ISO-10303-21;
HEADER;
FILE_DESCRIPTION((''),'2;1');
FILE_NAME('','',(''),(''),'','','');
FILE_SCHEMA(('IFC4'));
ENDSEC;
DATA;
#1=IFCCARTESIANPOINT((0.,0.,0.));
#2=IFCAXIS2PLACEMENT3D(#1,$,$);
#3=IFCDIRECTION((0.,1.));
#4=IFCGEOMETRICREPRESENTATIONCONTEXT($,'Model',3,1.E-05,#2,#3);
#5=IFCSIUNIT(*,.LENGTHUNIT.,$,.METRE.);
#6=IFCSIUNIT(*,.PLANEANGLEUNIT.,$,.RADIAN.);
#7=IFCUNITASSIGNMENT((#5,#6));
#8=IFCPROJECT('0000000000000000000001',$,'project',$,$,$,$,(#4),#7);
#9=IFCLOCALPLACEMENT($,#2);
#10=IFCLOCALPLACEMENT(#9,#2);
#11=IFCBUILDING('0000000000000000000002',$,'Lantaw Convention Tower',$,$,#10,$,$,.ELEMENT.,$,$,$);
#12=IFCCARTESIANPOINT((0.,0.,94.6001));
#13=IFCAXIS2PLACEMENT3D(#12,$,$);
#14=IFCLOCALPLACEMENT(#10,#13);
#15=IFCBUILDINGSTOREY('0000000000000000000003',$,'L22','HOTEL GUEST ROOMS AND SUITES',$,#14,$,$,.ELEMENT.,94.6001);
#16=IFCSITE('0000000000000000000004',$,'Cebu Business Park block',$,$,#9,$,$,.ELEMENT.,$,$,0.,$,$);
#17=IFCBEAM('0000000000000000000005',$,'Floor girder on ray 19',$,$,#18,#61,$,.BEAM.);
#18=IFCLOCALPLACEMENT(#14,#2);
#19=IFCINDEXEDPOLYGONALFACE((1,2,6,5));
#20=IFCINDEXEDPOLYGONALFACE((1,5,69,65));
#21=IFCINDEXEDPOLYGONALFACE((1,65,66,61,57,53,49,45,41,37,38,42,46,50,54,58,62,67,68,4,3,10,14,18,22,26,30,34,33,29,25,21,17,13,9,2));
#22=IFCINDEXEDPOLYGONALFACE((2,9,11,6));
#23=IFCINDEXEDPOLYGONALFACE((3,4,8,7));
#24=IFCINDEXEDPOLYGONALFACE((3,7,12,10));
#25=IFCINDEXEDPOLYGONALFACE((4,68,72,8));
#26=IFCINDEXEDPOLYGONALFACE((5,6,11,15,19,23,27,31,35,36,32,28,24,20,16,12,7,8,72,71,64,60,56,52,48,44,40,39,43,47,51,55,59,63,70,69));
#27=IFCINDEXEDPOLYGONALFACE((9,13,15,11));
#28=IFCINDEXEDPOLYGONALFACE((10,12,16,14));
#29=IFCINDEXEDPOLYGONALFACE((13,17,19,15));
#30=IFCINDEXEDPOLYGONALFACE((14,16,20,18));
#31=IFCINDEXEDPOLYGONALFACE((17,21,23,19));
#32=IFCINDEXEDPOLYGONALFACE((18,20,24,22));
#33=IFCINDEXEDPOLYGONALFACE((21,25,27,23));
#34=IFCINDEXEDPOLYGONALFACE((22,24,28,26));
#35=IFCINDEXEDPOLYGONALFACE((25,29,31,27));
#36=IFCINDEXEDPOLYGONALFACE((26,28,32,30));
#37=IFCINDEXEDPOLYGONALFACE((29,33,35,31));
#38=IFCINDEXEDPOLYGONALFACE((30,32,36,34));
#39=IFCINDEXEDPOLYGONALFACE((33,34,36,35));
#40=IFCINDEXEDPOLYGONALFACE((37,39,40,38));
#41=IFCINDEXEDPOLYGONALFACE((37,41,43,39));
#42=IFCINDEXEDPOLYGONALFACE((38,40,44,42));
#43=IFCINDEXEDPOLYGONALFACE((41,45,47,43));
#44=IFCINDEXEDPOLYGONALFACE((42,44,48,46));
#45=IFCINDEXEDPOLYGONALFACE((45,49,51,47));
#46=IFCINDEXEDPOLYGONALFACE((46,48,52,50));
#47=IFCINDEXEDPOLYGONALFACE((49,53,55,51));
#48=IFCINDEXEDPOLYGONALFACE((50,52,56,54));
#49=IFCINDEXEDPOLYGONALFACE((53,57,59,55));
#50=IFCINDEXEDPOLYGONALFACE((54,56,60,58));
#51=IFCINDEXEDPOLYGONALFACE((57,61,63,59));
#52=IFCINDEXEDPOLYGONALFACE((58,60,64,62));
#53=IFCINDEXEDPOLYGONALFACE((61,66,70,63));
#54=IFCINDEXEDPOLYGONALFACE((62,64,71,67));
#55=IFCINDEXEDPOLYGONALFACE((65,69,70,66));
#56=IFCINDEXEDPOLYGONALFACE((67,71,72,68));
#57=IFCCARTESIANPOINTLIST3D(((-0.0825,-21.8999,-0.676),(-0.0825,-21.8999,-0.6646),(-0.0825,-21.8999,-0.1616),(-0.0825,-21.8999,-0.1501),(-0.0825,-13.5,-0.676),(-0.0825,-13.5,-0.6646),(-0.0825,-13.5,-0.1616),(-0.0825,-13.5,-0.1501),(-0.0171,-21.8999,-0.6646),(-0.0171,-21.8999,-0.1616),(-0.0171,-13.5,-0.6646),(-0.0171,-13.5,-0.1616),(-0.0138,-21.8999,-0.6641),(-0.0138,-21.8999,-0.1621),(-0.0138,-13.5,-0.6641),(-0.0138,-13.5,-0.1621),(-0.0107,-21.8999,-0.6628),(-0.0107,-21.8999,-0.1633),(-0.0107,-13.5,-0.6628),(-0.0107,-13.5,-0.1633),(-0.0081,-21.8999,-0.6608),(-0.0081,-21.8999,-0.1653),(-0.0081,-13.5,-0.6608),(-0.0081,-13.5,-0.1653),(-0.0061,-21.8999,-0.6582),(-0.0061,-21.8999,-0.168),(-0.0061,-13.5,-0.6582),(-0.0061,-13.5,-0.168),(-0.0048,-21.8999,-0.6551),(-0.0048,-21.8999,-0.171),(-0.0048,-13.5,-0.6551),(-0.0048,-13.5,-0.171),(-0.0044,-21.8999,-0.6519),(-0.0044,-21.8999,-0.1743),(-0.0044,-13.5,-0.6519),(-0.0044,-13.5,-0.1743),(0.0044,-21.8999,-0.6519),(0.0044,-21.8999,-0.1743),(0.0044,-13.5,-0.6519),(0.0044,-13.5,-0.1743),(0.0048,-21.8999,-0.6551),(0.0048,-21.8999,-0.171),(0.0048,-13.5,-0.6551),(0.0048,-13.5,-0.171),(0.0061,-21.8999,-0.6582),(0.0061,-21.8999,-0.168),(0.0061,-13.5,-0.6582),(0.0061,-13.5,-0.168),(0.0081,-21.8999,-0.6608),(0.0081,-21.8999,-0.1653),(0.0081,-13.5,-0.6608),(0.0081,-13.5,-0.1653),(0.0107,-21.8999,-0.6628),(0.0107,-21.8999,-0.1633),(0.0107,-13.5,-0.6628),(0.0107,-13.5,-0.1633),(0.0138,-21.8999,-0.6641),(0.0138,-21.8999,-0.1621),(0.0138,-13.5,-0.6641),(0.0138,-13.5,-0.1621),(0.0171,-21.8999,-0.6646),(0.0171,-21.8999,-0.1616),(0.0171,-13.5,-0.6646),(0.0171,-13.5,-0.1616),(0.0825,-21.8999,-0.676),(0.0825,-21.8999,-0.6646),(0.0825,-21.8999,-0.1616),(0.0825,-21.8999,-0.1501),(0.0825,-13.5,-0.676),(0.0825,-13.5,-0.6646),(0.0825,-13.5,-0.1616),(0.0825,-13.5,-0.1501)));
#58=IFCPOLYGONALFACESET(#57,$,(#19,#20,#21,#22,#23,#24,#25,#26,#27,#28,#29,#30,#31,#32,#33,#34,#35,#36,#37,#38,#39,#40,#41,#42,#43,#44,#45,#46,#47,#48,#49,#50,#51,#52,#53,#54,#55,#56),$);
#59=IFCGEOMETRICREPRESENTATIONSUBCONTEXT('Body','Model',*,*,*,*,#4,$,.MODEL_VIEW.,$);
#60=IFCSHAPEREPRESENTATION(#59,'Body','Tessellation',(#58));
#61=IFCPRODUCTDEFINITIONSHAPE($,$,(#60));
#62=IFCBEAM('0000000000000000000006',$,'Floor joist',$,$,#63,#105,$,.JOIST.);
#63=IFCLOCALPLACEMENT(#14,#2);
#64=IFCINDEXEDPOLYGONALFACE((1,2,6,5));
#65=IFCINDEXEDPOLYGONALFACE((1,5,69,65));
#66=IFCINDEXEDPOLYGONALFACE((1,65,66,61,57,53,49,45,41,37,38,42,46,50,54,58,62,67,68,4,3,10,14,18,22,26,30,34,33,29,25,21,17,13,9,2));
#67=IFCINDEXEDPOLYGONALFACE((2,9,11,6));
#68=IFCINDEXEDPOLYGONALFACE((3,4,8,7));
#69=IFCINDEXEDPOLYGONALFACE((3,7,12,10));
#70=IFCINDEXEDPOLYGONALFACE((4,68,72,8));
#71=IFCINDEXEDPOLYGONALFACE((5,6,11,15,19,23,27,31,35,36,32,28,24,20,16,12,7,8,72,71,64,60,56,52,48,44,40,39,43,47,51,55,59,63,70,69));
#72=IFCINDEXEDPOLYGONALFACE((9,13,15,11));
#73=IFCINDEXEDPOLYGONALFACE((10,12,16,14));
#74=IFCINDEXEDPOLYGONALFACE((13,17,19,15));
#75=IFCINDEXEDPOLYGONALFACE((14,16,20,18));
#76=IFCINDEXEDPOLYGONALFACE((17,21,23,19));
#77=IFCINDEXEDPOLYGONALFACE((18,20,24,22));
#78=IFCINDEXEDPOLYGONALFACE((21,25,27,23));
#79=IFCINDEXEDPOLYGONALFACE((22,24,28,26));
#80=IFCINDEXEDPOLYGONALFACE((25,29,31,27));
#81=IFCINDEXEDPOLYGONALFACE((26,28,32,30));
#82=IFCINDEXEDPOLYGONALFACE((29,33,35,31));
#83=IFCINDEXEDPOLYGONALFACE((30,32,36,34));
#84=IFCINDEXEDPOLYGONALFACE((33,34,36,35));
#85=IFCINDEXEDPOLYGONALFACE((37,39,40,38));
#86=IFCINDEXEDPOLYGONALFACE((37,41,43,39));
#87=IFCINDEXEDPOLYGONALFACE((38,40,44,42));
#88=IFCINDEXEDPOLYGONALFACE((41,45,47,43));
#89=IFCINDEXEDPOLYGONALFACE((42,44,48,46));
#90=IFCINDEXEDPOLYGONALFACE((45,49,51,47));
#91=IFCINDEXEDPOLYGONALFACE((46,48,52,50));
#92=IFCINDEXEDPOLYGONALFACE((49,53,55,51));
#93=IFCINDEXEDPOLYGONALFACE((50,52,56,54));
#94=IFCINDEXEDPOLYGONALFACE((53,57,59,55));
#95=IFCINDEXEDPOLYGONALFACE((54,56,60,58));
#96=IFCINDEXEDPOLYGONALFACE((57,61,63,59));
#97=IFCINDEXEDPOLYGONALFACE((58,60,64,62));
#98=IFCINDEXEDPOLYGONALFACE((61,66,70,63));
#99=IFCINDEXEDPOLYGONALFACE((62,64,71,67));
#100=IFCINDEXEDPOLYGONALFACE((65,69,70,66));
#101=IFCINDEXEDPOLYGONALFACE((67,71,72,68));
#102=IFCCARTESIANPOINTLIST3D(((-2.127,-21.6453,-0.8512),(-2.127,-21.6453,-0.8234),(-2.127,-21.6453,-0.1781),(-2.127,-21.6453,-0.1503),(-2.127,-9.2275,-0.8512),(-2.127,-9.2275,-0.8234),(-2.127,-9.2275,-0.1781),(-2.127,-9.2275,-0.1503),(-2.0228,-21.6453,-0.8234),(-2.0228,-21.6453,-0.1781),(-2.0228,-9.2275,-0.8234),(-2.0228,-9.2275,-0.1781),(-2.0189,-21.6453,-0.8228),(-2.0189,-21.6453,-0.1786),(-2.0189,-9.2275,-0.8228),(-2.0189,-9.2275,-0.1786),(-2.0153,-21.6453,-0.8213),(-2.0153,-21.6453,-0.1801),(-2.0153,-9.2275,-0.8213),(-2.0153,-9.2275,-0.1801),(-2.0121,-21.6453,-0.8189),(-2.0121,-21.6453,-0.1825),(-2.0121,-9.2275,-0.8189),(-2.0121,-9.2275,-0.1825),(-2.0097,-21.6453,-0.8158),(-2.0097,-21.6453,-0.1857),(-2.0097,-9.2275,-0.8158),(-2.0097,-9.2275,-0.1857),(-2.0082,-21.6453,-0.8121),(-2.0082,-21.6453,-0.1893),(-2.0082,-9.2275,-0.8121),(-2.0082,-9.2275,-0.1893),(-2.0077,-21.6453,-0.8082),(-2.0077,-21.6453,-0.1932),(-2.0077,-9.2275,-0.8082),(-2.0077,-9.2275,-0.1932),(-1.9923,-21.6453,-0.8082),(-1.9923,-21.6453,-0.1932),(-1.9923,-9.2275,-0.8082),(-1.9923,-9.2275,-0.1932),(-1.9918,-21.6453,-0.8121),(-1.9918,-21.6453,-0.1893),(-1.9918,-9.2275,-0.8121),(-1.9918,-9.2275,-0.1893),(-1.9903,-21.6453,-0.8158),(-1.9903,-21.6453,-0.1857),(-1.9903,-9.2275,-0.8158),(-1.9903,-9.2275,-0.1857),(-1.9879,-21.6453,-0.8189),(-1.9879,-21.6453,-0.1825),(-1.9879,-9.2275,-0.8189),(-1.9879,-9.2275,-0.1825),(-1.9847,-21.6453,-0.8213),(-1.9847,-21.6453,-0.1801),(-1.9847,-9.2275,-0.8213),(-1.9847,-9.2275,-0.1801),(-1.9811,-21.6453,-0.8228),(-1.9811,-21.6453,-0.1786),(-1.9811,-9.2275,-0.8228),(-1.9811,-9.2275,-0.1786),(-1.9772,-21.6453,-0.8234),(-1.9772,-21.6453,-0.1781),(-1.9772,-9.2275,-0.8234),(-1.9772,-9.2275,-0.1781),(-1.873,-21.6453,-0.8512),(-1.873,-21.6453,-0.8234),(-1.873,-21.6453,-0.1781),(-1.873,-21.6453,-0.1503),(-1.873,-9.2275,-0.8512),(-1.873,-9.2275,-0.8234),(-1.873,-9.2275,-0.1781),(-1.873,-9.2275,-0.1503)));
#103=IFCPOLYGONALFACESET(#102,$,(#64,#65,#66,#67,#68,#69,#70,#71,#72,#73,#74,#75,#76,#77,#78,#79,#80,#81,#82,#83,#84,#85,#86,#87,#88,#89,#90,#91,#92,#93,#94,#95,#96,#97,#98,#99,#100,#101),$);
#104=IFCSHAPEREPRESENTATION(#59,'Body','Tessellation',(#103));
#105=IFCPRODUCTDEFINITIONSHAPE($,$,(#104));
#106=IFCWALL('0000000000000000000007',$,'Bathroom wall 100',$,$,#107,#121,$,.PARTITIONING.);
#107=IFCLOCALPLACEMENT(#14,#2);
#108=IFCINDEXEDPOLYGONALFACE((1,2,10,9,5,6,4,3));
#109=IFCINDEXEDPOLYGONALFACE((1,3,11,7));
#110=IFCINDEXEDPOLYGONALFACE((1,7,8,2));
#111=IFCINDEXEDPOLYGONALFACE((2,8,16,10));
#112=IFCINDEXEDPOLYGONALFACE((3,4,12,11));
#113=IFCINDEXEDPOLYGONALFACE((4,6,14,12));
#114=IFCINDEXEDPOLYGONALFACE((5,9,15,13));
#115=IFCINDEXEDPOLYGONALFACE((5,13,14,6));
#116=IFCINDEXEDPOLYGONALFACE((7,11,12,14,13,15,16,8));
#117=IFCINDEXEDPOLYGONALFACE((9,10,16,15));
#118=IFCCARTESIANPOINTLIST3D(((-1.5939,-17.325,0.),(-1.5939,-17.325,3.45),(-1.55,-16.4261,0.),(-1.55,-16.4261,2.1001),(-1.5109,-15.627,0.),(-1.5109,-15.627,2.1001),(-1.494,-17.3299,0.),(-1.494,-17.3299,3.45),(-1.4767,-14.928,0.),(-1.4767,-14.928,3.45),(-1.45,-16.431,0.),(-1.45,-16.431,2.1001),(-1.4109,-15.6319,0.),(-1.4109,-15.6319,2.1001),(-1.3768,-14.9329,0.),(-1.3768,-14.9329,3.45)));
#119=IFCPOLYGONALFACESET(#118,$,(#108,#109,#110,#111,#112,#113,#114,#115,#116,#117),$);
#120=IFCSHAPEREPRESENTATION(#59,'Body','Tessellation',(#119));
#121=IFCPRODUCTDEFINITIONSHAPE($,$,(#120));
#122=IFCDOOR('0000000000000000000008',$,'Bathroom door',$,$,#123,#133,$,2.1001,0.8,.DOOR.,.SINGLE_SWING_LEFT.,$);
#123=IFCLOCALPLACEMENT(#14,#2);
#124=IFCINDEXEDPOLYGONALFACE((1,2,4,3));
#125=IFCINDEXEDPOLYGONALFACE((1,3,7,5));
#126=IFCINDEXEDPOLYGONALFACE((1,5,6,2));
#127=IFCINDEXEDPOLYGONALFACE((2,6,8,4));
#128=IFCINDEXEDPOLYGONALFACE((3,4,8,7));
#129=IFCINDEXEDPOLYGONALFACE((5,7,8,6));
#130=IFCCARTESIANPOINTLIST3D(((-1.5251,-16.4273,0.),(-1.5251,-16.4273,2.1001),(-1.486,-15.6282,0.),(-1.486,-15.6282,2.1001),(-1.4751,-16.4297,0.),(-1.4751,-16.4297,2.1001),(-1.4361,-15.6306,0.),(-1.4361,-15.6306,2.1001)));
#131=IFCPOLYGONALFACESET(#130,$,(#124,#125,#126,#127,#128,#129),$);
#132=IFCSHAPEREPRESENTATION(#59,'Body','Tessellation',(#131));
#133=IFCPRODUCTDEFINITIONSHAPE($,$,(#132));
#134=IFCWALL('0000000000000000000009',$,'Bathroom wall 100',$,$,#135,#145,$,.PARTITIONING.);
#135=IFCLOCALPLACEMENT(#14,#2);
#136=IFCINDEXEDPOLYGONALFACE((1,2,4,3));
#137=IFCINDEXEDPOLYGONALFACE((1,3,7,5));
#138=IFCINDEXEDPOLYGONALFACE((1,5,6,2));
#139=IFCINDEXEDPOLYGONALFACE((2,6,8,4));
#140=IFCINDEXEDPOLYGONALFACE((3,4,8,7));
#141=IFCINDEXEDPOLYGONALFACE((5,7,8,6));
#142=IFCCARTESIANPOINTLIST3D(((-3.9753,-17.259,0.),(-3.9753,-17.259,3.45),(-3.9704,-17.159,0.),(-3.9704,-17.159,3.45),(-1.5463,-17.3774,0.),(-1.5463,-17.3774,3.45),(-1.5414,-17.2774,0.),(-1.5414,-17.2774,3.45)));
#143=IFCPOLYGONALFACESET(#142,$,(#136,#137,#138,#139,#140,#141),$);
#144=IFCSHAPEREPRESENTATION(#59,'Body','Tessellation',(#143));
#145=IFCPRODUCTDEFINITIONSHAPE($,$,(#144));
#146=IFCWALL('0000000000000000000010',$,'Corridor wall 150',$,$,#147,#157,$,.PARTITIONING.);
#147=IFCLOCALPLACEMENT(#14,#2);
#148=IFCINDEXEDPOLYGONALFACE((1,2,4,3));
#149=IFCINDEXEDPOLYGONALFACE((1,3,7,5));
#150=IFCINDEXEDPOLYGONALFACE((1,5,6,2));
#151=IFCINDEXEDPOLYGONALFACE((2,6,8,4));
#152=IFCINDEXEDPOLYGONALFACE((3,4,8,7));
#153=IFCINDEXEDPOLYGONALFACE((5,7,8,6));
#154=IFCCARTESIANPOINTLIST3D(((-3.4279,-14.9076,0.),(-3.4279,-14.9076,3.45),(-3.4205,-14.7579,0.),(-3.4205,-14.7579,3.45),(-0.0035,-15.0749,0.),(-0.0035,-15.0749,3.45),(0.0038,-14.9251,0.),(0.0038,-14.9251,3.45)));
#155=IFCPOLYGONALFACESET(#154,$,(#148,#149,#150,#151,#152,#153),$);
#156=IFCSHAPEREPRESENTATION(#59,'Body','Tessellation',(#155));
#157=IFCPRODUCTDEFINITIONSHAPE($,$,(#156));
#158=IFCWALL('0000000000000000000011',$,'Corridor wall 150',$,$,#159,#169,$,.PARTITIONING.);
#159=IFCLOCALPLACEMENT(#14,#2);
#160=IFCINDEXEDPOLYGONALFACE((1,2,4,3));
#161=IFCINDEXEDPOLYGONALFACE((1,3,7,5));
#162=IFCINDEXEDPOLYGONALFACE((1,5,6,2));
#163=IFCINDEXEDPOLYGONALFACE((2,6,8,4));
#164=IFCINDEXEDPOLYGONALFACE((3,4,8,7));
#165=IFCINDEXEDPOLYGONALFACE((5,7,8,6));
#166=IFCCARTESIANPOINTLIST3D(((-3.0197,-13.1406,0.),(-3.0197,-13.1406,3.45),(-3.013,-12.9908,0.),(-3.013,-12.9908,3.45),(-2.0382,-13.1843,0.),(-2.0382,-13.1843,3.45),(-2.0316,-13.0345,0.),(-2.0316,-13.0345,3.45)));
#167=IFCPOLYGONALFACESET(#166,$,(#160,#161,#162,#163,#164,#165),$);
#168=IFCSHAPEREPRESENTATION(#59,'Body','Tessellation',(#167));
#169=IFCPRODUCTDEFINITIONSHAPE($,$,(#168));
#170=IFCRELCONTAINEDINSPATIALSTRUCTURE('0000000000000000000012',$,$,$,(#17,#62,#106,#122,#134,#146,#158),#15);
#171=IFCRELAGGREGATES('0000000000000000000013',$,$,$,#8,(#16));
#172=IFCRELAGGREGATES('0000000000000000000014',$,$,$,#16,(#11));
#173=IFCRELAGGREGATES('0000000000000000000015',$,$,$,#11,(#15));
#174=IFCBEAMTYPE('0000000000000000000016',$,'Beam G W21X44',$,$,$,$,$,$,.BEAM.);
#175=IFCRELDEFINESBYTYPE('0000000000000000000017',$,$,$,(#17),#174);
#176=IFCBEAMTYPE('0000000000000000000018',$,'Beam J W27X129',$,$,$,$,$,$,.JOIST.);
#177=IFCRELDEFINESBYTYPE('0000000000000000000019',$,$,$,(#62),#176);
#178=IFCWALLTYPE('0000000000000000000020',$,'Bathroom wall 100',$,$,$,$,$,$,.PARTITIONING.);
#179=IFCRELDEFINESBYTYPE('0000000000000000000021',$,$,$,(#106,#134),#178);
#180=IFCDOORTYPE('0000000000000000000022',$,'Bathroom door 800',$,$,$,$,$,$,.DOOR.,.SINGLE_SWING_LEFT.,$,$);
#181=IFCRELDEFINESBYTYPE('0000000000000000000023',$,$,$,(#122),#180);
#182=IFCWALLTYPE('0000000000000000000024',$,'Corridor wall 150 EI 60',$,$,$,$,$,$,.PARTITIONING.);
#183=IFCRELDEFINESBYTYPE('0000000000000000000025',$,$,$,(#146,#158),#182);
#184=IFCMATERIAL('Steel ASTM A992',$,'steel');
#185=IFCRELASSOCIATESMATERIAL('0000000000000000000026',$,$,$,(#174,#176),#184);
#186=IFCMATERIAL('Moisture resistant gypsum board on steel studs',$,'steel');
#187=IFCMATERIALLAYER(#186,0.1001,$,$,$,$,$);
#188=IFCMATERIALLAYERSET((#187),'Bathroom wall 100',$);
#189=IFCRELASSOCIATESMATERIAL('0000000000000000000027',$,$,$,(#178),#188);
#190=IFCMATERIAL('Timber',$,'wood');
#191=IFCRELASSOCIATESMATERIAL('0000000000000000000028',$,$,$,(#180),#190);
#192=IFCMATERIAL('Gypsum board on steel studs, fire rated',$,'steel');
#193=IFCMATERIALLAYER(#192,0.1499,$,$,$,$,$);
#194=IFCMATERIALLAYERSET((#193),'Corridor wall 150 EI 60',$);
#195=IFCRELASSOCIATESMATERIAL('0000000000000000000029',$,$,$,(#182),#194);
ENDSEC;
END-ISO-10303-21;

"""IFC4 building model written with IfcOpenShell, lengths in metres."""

from ifc_helpers import new_model, si_unit, direction, frame, frame_2d, origin, origin_2d, place, context, subcontext, project, spatial, rectangle, i_section, extrude, material, layer, layer_set, material_profile, profile_set, type_object, element, fill, save


model = new_model("IFC4")

# Units and contexts
model_context = context("Model", 3, precision=1e-05, world=origin(), true_north=direction((0.0, 1.0)))
body_context = subcontext(model_context, "Body", "Model", "MODEL_VIEW")
ifc_project = project(units=[si_unit("LENGTHUNIT", "METRE"), si_unit("PLANEANGLEUNIT", "RADIAN")], contexts=[model_context])

# Site, building, storey
site_placement = place(None, origin())
site = spatial("IfcSite", under=ifc_project, at=site_placement, Name="Cebu Business Park block", CompositionType="ELEMENT", RefElevation=0.0)
building_placement = place(site_placement, origin())
building = spatial("IfcBuilding", under=site, at=building_placement, Name="Lantaw Convention Tower", CompositionType="ELEMENT")
storey_placement = place(building_placement, frame((0.0, 0.0, 94.6001)))
storey = spatial("IfcBuildingStorey", under=building, at=storey_placement, Name="L22", Description="HOTEL GUEST ROOMS AND SUITES", CompositionType="ELEMENT", Elevation=94.6001)

# Beams
ifc_material_1 = material(Name="Steel ASTM A992", Category="steel")
ifc_material_profile_1 = material_profile(ifc_material_1, i_section(OverallWidth=0.165, OverallDepth=0.5259, WebThickness=0.0088, FlangeThickness=0.0115, FilletRadius=0.0127, at=origin_2d()), Name="W21X44")
ifc_profile_set_1 = profile_set([ifc_material_profile_1], Name="Steel ASTM A992")
beam_type_1 = type_object("IfcBeamType", Name="Beam G W21X44", PredefinedType="BEAM", material=ifc_profile_set_1)
beam_1_placement = place(storey_placement, frame((0.0, -13.5, -0.4131), z_axis=(0.0, -1.0, 0.0), x_axis=(1.0, 0.0, 0.0)))
element("IfcBeam", 1, at=beam_1_placement, inside=storey, type_object=beam_type_1, Name="Floor girder on ray 19", PredefinedType="BEAM", context=body_context, shape_type="SweptSolid", body=[
    extrude(i_section(OverallWidth=0.165, OverallDepth=0.5259, WebThickness=0.0088, FlangeThickness=0.0115, FilletRadius=0.0127, at=origin_2d()), origin(), (0.0, 0.0, 1.0), 8.3999),
])
ifc_material_profile_2 = material_profile(ifc_material_1, i_section(OverallWidth=0.2539, OverallDepth=0.7009, WebThickness=0.0154, FlangeThickness=0.0278, FilletRadius=0.0151, at=origin_2d()), Name="W27X129")
ifc_profile_set_2 = profile_set([ifc_material_profile_2], Name="Steel ASTM A992")
beam_type_2 = type_object("IfcBeamType", Name="Beam J W27X129", PredefinedType="JOIST", material=ifc_profile_set_2)
beam_2_placement = place(storey_placement, frame((-2.0, -21.6453, -0.5007), z_axis=(0.0, 1.0, 0.0), x_axis=(-1.0, 0.0, 0.0)))
element("IfcBeam", 2, at=beam_2_placement, inside=storey, type_object=beam_type_2, Name="Floor joist", PredefinedType="JOIST", context=body_context, shape_type="SweptSolid", body=[
    extrude(i_section(OverallWidth=0.2539, OverallDepth=0.7009, WebThickness=0.0154, FlangeThickness=0.0278, FilletRadius=0.0151, at=origin_2d()), origin(), (0.0, 0.0, 1.0), 12.4177),
])

# Wall, opening, door
ifc_material_2 = material(Name="Moisture resistant gypsum board on steel studs", Category="steel")
ifc_layer_1 = layer(ifc_material_2, 0.1001)
ifc_layer_set_1 = layer_set([ifc_layer_1], Name="Bathroom wall 100")
wall_type_1 = type_object("IfcWallType", Name="Bathroom wall 100", PredefinedType="PARTITIONING", material=ifc_layer_set_1)
wall_1_placement = place(storey_placement, frame((-1.4268, -14.9304, 0.0), z_axis=(0.0, 0.0, 1.0), x_axis=(-0.048831, -0.998807, 0.0)))
wall_1 = element("IfcWall", 3, at=wall_1_placement, inside=storey, type_object=wall_type_1, Name="Bathroom wall 100", PredefinedType="PARTITIONING", context=body_context, shape_type="SweptSolid", body=[
    extrude(rectangle(XDim=2.3999, YDim=0.1001, at=frame_2d((1.2, 0.0))), origin(), (0.0, 0.0, 1.0), 3.45),
])
opening_1_placement = place(wall_1_placement, frame((0.7, 0.0, 0.0)))
opening_1 = element("IfcOpeningElement", 4, at=opening_1_placement, cuts=wall_1, PredefinedType="OPENING", context=body_context, shape_type="SweptSolid", body=[
    extrude(rectangle(XDim=0.8, YDim=2.1001, at=frame_2d((0.3999, 1.05))), frame((0.0, 0.0601, 0.0), z_axis=(0.0, -1.0, 0.0), x_axis=(1.0, 0.0, 0.0)), (0.0, 0.0, 1.0), 0.1201),
])
ifc_material_3 = material(Name="Timber", Category="wood")
door_type = type_object("IfcDoorType", Name="Bathroom door 800", OperationType="SINGLE_SWING_LEFT", PredefinedType="DOOR", material=ifc_material_3)
door_placement = place(opening_1_placement, origin())
door = element("IfcDoor", 5, at=door_placement, inside=storey, type_object=door_type, Name="Bathroom door", OperationType="SINGLE_SWING_LEFT", OverallHeight=2.1001, OverallWidth=0.8, PredefinedType="DOOR", context=body_context, shape_type="SweptSolid", body=[
    extrude(rectangle(XDim=0.8, YDim=2.1001, at=frame_2d((0.3999, 1.05))), frame((0.0, 0.0249, 0.0), z_axis=(0.0, -1.0, 0.0), x_axis=(1.0, 0.0, 0.0)), (0.0, 0.0, 1.0), 0.05),
])
fill(opening_1, door)

# Walls
wall_2_placement = place(storey_placement, frame((-1.5439, -17.3274, 0.0), z_axis=(0.0, 0.0, 1.0), x_axis=(-0.998814, 0.048691, 0.0)))
element("IfcWall", 6, at=wall_2_placement, inside=storey, type_object=wall_type_1, Name="Bathroom wall 100", PredefinedType="PARTITIONING", context=body_context, shape_type="SweptSolid", body=[
    extrude(rectangle(XDim=2.4319, YDim=0.1001, at=frame_2d((1.2158, 0.0))), origin(), (0.0, 0.0, 1.0), 3.45),
])
ifc_material_4 = material(Name="Gypsum board on steel studs, fire rated", Category="steel")
ifc_layer_2 = layer(ifc_material_4, 0.1499)
ifc_layer_set_2 = layer_set([ifc_layer_2], Name="Corridor wall 150 EI 60")
wall_type_2 = type_object("IfcWallType", Name="Corridor wall 150 EI 60", PredefinedType="PARTITIONING", material=ifc_layer_set_2)
wall_3_placement = place(storey_placement, frame((-3.4243, -14.8328, 0.0), z_axis=(0.0, 0.0, 1.0), x_axis=(0.99881, -0.04878, 0.0)))
element("IfcWall", 7, at=wall_3_placement, inside=storey, type_object=wall_type_2, Name="Corridor wall 150", PredefinedType="PARTITIONING", context=body_context, shape_type="SweptSolid", body=[
    extrude(rectangle(XDim=3.4285, YDim=0.1499, at=frame_2d((1.7144, 0.0))), origin(), (0.0, 0.0, 1.0), 3.45),
])
wall_4_placement = place(storey_placement, frame((-3.0164, -13.0657, 0.0), z_axis=(0.0, 0.0, 1.0), x_axis=(0.99901, -0.044483, 0.0)))
element("IfcWall", 8, at=wall_4_placement, inside=storey, type_object=wall_type_2, Name="Corridor wall 150", PredefinedType="PARTITIONING", context=body_context, shape_type="SweptSolid", body=[
    extrude(rectangle(XDim=0.9824, YDim=0.1499, at=frame_2d((0.4912, 0.0))), origin(), (0.0, 0.0, 1.0), 3.45),
])

save(model, "model.ifc")
